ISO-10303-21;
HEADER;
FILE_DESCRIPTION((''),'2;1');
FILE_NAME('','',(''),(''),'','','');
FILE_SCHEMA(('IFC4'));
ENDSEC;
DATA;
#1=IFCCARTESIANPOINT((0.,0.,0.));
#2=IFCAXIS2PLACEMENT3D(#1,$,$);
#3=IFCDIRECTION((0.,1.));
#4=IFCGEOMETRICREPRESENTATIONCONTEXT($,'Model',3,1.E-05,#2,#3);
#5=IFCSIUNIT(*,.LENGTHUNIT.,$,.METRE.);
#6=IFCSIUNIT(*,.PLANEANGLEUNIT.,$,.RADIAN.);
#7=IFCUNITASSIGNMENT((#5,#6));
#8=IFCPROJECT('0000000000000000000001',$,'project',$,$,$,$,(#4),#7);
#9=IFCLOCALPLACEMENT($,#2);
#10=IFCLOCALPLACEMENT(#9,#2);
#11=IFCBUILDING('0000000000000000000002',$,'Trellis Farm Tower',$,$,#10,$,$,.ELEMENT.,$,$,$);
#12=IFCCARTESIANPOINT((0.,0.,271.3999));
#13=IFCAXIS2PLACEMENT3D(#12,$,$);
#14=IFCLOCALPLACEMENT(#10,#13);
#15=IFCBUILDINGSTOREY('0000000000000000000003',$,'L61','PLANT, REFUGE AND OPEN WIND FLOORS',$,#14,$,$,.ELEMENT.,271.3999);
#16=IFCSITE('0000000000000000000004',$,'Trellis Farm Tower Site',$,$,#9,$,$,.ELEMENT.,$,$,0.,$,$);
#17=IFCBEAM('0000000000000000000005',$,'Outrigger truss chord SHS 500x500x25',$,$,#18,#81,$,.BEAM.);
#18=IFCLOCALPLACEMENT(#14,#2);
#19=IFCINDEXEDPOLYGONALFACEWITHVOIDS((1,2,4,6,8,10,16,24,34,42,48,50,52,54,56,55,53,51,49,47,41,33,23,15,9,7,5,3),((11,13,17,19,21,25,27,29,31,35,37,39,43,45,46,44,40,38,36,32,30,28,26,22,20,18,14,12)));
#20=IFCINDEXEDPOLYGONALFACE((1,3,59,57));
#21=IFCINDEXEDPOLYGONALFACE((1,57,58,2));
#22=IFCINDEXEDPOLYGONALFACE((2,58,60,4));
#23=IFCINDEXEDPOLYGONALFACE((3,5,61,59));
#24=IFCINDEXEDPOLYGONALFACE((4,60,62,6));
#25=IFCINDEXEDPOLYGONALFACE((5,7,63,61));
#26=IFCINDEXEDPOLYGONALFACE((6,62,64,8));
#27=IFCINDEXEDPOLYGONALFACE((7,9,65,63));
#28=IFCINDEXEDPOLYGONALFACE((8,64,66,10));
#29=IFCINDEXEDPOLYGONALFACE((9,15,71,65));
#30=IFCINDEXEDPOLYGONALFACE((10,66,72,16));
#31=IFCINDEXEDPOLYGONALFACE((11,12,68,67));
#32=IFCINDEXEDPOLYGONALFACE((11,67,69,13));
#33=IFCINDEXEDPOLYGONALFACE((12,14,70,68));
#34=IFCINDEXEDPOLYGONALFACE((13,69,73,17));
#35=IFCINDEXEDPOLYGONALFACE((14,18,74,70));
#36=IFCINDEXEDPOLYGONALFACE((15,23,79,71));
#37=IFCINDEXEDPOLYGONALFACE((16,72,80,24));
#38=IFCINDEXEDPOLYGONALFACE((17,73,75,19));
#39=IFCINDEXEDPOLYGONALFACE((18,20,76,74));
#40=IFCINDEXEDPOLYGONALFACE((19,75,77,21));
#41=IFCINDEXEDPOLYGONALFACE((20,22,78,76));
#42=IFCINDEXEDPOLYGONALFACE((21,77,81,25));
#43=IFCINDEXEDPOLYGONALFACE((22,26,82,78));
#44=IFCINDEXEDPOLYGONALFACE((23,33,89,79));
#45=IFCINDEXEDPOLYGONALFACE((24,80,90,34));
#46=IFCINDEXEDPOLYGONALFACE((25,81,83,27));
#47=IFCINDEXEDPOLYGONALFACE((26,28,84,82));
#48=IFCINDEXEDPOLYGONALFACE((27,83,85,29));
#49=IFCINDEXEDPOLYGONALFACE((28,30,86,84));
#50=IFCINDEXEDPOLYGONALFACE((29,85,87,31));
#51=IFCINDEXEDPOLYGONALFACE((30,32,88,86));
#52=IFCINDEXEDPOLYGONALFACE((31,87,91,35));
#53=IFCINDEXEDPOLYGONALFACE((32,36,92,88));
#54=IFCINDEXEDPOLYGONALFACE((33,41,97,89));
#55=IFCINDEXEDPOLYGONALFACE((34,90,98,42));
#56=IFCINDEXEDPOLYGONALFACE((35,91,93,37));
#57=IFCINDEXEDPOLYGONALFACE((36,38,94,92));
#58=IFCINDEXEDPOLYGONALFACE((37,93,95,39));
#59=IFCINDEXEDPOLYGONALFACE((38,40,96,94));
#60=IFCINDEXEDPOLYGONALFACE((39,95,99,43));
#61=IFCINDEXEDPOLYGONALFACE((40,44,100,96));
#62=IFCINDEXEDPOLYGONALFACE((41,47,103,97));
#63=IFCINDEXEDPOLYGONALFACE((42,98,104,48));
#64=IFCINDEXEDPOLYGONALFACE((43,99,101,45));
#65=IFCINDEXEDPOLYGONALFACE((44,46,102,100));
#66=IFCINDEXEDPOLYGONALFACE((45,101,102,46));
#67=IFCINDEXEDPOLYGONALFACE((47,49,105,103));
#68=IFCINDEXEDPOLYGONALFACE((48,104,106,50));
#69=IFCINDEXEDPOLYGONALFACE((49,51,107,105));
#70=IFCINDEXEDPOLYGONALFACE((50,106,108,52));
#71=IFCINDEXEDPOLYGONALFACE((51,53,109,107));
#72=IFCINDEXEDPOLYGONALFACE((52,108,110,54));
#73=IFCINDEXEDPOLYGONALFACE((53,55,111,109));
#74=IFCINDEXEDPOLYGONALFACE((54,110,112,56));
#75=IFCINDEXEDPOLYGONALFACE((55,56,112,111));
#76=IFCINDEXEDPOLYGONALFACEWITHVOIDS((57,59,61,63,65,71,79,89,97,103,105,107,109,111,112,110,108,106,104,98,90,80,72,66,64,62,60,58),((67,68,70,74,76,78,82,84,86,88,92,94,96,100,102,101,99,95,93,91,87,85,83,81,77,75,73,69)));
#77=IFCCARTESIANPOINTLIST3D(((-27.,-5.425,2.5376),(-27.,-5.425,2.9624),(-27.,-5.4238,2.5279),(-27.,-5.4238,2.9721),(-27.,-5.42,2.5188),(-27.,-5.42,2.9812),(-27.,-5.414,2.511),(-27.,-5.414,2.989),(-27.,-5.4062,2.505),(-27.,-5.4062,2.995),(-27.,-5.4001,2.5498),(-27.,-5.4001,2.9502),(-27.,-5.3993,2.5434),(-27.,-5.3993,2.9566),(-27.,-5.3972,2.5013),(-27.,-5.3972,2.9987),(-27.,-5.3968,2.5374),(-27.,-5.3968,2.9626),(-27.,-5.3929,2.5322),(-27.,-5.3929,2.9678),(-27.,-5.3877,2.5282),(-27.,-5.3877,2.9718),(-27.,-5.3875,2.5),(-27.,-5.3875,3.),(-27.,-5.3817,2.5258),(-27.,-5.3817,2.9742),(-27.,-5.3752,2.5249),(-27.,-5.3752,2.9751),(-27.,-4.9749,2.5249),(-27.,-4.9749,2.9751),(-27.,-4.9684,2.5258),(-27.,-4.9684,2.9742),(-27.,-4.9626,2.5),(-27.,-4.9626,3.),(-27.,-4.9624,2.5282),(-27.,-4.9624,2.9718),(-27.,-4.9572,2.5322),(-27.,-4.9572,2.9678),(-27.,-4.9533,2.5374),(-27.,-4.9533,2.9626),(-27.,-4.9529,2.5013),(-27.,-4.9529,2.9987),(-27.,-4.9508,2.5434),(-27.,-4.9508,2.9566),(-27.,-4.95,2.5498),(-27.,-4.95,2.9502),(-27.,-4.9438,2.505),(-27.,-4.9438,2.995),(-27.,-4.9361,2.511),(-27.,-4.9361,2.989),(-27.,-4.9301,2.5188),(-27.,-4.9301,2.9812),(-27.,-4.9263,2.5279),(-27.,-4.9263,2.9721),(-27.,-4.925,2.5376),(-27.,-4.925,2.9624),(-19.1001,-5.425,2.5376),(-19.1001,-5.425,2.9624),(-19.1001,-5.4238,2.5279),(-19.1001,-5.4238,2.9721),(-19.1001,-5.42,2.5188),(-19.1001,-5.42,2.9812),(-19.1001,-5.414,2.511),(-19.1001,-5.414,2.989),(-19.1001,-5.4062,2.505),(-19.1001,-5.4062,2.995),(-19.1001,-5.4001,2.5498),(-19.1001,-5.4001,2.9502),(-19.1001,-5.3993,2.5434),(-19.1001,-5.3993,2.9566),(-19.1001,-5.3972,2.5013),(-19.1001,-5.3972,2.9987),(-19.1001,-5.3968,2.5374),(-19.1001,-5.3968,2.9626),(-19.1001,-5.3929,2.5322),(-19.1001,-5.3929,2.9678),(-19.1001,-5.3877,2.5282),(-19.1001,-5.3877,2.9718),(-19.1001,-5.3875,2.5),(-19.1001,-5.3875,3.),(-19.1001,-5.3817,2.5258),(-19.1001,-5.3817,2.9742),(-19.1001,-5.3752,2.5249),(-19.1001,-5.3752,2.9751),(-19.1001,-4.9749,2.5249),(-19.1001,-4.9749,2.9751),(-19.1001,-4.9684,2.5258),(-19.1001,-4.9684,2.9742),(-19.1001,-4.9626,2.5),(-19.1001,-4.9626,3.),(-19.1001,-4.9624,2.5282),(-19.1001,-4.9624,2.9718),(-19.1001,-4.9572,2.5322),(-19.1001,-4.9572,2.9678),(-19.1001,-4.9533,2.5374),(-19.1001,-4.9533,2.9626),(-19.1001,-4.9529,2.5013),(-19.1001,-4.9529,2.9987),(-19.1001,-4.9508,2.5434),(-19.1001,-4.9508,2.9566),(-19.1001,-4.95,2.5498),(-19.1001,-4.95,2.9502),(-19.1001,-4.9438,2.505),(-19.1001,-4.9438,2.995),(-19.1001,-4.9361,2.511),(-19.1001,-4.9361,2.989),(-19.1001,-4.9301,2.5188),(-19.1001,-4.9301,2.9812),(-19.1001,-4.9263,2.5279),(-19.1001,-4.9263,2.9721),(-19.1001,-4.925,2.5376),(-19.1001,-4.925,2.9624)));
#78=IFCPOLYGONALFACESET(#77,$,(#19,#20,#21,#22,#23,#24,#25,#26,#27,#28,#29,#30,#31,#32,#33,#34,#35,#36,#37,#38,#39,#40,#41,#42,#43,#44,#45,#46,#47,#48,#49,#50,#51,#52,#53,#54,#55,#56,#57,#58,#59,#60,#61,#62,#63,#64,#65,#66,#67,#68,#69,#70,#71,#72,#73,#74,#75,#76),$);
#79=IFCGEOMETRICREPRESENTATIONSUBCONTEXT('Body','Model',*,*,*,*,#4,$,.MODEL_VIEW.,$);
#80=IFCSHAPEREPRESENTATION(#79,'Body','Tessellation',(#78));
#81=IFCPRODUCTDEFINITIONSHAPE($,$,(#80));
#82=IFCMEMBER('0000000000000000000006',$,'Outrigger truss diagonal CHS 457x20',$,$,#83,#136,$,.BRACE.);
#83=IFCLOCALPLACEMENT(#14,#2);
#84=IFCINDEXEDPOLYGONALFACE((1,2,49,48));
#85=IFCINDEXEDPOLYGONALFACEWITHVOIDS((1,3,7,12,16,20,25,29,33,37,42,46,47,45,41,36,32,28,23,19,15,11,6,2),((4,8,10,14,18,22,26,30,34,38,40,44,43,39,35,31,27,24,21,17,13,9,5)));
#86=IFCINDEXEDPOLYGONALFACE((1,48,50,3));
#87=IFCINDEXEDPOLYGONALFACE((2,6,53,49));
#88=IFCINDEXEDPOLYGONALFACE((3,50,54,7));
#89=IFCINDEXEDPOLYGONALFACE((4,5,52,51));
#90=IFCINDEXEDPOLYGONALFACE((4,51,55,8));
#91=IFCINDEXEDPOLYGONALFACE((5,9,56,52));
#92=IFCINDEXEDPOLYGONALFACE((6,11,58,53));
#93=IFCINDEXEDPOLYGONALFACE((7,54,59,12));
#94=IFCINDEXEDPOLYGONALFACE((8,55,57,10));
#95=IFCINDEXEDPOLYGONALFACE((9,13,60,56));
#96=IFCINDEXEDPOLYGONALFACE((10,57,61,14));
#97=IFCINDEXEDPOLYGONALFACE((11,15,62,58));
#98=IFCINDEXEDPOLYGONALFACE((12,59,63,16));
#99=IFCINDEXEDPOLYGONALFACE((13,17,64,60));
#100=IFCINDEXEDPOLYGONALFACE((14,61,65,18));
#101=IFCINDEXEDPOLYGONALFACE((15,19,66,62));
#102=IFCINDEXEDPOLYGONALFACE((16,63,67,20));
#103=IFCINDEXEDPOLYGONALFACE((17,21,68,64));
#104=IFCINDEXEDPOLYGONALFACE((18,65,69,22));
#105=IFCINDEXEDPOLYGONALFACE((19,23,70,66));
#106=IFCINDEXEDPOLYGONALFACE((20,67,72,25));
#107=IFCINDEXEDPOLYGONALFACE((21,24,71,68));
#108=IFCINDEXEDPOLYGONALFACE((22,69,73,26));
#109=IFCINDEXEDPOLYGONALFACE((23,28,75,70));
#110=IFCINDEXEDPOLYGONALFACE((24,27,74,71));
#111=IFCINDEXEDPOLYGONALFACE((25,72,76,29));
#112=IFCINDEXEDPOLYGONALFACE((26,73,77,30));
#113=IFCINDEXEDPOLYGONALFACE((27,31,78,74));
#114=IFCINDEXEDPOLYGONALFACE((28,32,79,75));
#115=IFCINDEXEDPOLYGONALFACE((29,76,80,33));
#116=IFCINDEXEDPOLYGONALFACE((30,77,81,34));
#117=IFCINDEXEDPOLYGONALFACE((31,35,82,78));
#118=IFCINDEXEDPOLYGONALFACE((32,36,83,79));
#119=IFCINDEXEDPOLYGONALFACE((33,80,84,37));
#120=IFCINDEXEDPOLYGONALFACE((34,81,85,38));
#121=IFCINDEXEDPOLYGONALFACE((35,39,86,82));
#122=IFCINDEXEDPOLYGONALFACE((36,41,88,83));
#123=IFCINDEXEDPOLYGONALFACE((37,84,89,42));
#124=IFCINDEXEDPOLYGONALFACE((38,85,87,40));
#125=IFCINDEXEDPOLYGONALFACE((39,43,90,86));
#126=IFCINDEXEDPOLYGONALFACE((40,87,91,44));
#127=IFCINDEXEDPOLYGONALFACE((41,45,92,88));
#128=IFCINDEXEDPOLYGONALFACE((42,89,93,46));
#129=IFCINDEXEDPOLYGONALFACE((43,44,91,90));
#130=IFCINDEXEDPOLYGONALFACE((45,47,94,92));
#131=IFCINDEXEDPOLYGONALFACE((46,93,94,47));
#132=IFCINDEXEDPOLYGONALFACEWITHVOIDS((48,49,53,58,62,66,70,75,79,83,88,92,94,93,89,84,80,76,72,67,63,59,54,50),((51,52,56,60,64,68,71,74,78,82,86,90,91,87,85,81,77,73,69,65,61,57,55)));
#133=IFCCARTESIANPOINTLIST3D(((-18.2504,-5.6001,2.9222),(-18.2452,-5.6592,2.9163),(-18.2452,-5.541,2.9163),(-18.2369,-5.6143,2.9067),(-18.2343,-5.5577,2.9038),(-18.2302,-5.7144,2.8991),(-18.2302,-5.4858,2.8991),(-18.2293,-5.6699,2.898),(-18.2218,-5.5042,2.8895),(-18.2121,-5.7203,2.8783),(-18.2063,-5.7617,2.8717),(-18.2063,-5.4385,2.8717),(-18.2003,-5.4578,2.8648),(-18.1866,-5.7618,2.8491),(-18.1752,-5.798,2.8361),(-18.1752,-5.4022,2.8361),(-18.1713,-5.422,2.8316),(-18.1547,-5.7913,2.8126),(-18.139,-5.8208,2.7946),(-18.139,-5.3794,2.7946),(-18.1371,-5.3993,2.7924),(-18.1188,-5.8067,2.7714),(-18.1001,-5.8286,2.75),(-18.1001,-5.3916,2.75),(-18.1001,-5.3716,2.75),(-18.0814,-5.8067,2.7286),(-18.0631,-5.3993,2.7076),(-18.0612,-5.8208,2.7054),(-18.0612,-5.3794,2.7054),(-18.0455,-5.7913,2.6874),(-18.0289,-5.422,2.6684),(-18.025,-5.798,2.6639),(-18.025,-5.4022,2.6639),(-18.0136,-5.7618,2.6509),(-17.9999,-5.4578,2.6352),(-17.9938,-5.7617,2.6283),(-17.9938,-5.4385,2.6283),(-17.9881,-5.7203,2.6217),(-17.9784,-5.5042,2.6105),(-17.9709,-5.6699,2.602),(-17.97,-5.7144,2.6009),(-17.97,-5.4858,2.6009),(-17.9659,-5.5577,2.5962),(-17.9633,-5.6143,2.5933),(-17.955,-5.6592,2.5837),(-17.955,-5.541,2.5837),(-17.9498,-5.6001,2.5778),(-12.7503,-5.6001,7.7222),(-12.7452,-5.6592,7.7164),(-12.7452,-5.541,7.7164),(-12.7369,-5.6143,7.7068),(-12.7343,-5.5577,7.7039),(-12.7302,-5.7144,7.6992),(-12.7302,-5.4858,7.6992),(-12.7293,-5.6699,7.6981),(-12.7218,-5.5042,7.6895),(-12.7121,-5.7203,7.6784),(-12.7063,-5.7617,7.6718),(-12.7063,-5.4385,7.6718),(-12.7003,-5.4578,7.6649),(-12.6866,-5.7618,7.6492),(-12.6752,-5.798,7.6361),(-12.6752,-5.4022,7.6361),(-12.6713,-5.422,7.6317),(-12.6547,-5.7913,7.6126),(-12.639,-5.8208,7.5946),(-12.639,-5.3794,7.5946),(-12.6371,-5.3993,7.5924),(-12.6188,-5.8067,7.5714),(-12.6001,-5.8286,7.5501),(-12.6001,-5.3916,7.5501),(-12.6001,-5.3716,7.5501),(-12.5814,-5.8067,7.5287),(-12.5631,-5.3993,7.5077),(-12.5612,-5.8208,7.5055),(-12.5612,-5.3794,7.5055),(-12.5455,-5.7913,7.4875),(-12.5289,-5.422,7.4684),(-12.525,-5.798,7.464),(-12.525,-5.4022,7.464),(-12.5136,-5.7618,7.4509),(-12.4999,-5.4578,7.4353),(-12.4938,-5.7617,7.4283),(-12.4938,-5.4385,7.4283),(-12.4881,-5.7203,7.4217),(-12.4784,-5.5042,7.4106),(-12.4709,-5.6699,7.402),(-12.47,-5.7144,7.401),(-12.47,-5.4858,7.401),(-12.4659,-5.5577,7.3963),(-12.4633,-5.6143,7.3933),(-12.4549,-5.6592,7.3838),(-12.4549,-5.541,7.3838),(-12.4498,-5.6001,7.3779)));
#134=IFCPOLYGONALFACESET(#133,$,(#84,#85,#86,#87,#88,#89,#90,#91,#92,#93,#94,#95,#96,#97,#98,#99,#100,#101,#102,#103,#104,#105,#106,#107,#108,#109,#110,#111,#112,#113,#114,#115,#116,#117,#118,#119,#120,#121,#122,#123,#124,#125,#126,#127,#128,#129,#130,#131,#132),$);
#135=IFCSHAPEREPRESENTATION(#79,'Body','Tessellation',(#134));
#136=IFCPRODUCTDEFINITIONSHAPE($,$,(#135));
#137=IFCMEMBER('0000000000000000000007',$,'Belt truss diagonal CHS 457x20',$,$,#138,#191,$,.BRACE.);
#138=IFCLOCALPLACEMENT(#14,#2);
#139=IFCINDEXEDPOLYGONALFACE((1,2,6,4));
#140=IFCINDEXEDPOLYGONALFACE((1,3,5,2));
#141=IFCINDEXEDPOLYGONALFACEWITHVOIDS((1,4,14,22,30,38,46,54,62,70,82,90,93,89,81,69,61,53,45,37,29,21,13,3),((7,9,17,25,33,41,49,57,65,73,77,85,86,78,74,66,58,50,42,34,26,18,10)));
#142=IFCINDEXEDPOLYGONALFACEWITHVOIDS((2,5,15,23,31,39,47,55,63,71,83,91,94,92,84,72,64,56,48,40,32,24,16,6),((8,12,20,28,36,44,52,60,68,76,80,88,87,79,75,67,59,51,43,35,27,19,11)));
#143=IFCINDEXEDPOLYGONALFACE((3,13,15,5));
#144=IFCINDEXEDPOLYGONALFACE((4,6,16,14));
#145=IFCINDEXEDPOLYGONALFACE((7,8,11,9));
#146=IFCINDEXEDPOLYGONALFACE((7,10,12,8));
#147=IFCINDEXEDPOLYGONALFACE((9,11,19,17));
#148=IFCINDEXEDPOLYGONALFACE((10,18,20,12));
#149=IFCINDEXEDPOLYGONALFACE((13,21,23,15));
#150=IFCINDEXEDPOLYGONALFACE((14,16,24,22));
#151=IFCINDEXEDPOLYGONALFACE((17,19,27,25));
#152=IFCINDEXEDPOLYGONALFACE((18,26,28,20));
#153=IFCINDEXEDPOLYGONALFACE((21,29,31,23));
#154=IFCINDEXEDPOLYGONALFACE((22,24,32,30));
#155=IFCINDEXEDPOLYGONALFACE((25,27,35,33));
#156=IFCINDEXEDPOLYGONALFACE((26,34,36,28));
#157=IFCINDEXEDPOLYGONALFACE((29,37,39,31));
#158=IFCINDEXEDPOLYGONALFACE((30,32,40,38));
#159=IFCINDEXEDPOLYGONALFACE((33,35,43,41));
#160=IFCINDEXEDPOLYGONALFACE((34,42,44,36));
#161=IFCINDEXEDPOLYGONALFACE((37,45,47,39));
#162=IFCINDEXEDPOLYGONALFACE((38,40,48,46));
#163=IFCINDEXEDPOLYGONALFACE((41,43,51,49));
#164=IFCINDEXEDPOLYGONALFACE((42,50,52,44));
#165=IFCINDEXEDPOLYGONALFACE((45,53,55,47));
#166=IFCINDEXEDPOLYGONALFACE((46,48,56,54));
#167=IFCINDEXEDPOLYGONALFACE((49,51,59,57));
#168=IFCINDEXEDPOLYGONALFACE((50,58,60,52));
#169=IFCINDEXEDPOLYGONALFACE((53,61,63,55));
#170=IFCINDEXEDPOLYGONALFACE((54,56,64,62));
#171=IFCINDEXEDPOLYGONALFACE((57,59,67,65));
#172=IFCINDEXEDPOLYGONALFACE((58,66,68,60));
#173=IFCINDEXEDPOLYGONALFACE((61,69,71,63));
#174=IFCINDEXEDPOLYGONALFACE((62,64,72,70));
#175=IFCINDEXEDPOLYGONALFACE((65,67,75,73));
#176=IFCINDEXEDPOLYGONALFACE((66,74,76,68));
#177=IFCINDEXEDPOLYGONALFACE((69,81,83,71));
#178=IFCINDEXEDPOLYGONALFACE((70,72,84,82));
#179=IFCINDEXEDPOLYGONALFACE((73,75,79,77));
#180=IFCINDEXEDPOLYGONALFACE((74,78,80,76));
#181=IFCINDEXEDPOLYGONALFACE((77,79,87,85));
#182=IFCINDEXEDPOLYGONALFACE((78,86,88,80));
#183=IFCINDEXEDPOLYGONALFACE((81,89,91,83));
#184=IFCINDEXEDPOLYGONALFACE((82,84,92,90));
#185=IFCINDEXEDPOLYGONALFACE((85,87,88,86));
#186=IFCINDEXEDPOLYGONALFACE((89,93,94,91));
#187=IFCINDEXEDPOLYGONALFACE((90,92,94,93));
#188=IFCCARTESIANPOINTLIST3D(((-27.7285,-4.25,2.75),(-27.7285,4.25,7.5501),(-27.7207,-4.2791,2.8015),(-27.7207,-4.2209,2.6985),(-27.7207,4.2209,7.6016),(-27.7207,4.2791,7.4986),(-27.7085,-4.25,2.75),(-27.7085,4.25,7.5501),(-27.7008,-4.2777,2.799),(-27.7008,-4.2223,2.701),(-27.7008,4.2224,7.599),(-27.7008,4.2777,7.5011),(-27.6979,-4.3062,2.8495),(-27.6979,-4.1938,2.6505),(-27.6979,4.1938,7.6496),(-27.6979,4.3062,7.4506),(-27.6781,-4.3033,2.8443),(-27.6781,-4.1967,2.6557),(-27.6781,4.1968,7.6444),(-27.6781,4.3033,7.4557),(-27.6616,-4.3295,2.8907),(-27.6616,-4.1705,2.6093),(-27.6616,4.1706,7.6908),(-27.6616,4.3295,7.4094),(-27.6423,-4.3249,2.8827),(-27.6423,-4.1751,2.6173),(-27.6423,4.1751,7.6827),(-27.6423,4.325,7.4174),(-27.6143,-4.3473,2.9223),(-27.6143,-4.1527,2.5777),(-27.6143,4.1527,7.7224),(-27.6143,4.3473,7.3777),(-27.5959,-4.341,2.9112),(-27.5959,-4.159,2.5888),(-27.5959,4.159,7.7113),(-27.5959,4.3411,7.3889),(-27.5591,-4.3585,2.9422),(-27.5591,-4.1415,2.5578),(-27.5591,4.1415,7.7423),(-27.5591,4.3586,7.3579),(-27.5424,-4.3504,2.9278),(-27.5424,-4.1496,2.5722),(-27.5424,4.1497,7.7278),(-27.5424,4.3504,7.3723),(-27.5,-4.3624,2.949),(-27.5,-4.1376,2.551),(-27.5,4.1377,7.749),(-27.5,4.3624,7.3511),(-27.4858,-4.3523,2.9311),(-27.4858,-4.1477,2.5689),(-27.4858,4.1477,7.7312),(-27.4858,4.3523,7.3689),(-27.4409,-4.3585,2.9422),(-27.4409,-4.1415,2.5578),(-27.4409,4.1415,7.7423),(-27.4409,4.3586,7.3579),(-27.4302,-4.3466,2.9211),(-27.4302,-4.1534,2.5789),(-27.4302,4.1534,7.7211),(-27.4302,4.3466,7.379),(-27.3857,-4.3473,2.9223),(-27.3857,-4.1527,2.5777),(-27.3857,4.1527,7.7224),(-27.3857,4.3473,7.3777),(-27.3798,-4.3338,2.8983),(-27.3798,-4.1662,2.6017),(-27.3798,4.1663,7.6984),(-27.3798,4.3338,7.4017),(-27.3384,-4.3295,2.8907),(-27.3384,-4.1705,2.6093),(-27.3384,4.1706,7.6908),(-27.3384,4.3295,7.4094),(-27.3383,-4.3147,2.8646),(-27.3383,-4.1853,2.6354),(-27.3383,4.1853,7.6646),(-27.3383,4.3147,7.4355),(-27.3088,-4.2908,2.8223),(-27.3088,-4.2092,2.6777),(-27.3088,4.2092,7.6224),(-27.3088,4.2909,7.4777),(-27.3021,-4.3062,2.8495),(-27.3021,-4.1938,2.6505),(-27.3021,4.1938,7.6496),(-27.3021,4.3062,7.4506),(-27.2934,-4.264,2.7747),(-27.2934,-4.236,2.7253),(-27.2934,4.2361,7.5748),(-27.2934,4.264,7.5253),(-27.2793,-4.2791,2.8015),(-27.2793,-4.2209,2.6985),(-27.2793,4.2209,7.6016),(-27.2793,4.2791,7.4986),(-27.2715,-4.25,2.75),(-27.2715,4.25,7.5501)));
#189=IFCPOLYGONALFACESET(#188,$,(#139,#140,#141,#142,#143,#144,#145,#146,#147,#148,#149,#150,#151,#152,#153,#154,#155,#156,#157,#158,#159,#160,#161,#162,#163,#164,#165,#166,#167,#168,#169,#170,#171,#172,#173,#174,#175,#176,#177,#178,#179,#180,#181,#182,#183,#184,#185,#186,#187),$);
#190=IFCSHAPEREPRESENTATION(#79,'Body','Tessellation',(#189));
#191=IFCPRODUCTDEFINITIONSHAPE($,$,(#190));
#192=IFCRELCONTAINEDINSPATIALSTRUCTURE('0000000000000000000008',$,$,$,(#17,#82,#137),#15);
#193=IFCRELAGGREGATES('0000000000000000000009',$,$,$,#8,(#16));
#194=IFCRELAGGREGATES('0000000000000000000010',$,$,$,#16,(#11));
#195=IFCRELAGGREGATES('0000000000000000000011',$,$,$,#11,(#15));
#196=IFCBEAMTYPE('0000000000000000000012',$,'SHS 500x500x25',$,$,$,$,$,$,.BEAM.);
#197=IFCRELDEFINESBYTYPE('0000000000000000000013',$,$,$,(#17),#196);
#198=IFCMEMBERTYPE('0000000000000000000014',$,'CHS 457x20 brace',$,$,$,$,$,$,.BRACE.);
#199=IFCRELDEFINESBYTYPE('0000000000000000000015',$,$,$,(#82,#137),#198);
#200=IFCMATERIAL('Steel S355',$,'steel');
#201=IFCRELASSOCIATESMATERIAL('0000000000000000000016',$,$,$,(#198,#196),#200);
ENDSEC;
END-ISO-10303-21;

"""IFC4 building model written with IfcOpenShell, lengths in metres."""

from ifc_helpers import new_model, si_unit, direction, frame, origin, origin_2d, place, context, subcontext, project, spatial, hollow_rectangle, hollow_circle, extrude, source, transform, mapped, material, material_profile, profile_set, type_object, element, save


model = new_model("IFC4")

# Units and contexts
model_context = context("Model", 3, precision=1e-05, world=origin(), true_north=direction((0.0, 1.0)))
body_context = subcontext(model_context, "Body", "Model", "MODEL_VIEW")
ifc_project = project(units=[si_unit("LENGTHUNIT", "METRE"), si_unit("PLANEANGLEUNIT", "RADIAN")], contexts=[model_context])

# Site, building, storey
site_placement = place(None, origin())
site = spatial("IfcSite", under=ifc_project, at=site_placement, Name="Trellis Farm Tower Site", CompositionType="ELEMENT", RefElevation=0.0)
building_placement = place(site_placement, origin())
building = spatial("IfcBuilding", under=site, at=building_placement, Name="Trellis Farm Tower", CompositionType="ELEMENT")
storey_placement = place(building_placement, frame((0.0, 0.0, 271.3999)))
storey = spatial("IfcBuildingStorey", under=building, at=storey_placement, Name="L61", Description="PLANT, REFUGE AND OPEN WIND FLOORS", CompositionType="ELEMENT", Elevation=271.3999)

# Shared definitions
ifc_material_1 = material(Name="Steel S355", Category="steel")
ifc_material_profile_1 = material_profile(ifc_material_1, hollow_circle(Radius=0.2285, WallThickness=0.02, at=origin_2d()), Name="CHS 457x20")
ifc_profile_set_1 = profile_set([ifc_material_profile_1], Name="Steel S355")
member_type = type_object("IfcMemberType", Name="CHS 457x20 brace", PredefinedType="BRACE", material=ifc_profile_set_1)

# Beam
ifc_material_profile_2 = material_profile(ifc_material_1, hollow_rectangle(XDim=0.5, YDim=0.5, WallThickness=0.0249, InnerFilletRadius=0.0249, OuterFilletRadius=0.0376, at=origin_2d()), Name="SHS 500x500x25")
ifc_profile_set_2 = profile_set([ifc_material_profile_2], Name="Steel S355")
beam_type_1 = type_object("IfcBeamType", Name="SHS 500x500x25", PredefinedType="BEAM", material=ifc_profile_set_2)
shared_shape_1 = source(origin(), body_context, "Body", "SweptSolid", [
    extrude(hollow_rectangle(XDim=0.5, YDim=0.5, WallThickness=0.0249, InnerFilletRadius=0.0249, OuterFilletRadius=0.0376, at=origin_2d()), origin(), (0.0, 0.0, 1.0), 7.8999),
])
beam_1_placement = place(storey_placement, frame((-27.0, -5.175, 2.75), z_axis=(1.0, 0.0, 0.0), x_axis=(0.0, 1.0, 0.0)))
element("IfcBeam", 1, at=beam_1_placement, inside=storey, type_object=beam_type_1, Name="Outrigger truss chord SHS 500x500x25", PredefinedType="BEAM", context=body_context, shape_type="MappedRepresentation", body=[
    mapped(shared_shape_1, transform((0.0, 0.0, 0.0))),
])

# Members
shared_shape_2 = source(origin(), body_context, "Body", "SweptSolid", [
    extrude(hollow_circle(Radius=0.2285, WallThickness=0.02, at=origin_2d()), origin(), (0.0, 0.0, 1.0), 7.3),
])
member_1_placement = place(storey_placement, frame((-18.1001, -5.6001, 2.75), z_axis=(0.753421, 0.0, 0.657538), x_axis=(0.0, 1.0, 0.0)))
element("IfcMember", 2, at=member_1_placement, inside=storey, type_object=member_type, Name="Outrigger truss diagonal CHS 457x20", PredefinedType="BRACE", context=body_context, shape_type="MappedRepresentation", body=[
    mapped(shared_shape_2, transform((0.0, 0.0, 0.0))),
])
shared_shape_3 = source(origin(), body_context, "Body", "SweptSolid", [
    extrude(hollow_circle(Radius=0.2285, WallThickness=0.02, at=origin_2d()), origin(), (0.0, 0.0, 1.0), 9.7617),
])
member_2_placement = place(storey_placement, frame((-27.5, -4.25, 2.75), z_axis=(0.0, 0.870751, 0.491723), x_axis=(-1.0, 0.0, 0.0)))
element("IfcMember", 3, at=member_2_placement, inside=storey, type_object=member_type, Name="Belt truss diagonal CHS 457x20", PredefinedType="BRACE", context=body_context, shape_type="MappedRepresentation", body=[
    mapped(shared_shape_3, transform((0.0, 0.0, 0.0))),
])

save(model, "model.ifc")
